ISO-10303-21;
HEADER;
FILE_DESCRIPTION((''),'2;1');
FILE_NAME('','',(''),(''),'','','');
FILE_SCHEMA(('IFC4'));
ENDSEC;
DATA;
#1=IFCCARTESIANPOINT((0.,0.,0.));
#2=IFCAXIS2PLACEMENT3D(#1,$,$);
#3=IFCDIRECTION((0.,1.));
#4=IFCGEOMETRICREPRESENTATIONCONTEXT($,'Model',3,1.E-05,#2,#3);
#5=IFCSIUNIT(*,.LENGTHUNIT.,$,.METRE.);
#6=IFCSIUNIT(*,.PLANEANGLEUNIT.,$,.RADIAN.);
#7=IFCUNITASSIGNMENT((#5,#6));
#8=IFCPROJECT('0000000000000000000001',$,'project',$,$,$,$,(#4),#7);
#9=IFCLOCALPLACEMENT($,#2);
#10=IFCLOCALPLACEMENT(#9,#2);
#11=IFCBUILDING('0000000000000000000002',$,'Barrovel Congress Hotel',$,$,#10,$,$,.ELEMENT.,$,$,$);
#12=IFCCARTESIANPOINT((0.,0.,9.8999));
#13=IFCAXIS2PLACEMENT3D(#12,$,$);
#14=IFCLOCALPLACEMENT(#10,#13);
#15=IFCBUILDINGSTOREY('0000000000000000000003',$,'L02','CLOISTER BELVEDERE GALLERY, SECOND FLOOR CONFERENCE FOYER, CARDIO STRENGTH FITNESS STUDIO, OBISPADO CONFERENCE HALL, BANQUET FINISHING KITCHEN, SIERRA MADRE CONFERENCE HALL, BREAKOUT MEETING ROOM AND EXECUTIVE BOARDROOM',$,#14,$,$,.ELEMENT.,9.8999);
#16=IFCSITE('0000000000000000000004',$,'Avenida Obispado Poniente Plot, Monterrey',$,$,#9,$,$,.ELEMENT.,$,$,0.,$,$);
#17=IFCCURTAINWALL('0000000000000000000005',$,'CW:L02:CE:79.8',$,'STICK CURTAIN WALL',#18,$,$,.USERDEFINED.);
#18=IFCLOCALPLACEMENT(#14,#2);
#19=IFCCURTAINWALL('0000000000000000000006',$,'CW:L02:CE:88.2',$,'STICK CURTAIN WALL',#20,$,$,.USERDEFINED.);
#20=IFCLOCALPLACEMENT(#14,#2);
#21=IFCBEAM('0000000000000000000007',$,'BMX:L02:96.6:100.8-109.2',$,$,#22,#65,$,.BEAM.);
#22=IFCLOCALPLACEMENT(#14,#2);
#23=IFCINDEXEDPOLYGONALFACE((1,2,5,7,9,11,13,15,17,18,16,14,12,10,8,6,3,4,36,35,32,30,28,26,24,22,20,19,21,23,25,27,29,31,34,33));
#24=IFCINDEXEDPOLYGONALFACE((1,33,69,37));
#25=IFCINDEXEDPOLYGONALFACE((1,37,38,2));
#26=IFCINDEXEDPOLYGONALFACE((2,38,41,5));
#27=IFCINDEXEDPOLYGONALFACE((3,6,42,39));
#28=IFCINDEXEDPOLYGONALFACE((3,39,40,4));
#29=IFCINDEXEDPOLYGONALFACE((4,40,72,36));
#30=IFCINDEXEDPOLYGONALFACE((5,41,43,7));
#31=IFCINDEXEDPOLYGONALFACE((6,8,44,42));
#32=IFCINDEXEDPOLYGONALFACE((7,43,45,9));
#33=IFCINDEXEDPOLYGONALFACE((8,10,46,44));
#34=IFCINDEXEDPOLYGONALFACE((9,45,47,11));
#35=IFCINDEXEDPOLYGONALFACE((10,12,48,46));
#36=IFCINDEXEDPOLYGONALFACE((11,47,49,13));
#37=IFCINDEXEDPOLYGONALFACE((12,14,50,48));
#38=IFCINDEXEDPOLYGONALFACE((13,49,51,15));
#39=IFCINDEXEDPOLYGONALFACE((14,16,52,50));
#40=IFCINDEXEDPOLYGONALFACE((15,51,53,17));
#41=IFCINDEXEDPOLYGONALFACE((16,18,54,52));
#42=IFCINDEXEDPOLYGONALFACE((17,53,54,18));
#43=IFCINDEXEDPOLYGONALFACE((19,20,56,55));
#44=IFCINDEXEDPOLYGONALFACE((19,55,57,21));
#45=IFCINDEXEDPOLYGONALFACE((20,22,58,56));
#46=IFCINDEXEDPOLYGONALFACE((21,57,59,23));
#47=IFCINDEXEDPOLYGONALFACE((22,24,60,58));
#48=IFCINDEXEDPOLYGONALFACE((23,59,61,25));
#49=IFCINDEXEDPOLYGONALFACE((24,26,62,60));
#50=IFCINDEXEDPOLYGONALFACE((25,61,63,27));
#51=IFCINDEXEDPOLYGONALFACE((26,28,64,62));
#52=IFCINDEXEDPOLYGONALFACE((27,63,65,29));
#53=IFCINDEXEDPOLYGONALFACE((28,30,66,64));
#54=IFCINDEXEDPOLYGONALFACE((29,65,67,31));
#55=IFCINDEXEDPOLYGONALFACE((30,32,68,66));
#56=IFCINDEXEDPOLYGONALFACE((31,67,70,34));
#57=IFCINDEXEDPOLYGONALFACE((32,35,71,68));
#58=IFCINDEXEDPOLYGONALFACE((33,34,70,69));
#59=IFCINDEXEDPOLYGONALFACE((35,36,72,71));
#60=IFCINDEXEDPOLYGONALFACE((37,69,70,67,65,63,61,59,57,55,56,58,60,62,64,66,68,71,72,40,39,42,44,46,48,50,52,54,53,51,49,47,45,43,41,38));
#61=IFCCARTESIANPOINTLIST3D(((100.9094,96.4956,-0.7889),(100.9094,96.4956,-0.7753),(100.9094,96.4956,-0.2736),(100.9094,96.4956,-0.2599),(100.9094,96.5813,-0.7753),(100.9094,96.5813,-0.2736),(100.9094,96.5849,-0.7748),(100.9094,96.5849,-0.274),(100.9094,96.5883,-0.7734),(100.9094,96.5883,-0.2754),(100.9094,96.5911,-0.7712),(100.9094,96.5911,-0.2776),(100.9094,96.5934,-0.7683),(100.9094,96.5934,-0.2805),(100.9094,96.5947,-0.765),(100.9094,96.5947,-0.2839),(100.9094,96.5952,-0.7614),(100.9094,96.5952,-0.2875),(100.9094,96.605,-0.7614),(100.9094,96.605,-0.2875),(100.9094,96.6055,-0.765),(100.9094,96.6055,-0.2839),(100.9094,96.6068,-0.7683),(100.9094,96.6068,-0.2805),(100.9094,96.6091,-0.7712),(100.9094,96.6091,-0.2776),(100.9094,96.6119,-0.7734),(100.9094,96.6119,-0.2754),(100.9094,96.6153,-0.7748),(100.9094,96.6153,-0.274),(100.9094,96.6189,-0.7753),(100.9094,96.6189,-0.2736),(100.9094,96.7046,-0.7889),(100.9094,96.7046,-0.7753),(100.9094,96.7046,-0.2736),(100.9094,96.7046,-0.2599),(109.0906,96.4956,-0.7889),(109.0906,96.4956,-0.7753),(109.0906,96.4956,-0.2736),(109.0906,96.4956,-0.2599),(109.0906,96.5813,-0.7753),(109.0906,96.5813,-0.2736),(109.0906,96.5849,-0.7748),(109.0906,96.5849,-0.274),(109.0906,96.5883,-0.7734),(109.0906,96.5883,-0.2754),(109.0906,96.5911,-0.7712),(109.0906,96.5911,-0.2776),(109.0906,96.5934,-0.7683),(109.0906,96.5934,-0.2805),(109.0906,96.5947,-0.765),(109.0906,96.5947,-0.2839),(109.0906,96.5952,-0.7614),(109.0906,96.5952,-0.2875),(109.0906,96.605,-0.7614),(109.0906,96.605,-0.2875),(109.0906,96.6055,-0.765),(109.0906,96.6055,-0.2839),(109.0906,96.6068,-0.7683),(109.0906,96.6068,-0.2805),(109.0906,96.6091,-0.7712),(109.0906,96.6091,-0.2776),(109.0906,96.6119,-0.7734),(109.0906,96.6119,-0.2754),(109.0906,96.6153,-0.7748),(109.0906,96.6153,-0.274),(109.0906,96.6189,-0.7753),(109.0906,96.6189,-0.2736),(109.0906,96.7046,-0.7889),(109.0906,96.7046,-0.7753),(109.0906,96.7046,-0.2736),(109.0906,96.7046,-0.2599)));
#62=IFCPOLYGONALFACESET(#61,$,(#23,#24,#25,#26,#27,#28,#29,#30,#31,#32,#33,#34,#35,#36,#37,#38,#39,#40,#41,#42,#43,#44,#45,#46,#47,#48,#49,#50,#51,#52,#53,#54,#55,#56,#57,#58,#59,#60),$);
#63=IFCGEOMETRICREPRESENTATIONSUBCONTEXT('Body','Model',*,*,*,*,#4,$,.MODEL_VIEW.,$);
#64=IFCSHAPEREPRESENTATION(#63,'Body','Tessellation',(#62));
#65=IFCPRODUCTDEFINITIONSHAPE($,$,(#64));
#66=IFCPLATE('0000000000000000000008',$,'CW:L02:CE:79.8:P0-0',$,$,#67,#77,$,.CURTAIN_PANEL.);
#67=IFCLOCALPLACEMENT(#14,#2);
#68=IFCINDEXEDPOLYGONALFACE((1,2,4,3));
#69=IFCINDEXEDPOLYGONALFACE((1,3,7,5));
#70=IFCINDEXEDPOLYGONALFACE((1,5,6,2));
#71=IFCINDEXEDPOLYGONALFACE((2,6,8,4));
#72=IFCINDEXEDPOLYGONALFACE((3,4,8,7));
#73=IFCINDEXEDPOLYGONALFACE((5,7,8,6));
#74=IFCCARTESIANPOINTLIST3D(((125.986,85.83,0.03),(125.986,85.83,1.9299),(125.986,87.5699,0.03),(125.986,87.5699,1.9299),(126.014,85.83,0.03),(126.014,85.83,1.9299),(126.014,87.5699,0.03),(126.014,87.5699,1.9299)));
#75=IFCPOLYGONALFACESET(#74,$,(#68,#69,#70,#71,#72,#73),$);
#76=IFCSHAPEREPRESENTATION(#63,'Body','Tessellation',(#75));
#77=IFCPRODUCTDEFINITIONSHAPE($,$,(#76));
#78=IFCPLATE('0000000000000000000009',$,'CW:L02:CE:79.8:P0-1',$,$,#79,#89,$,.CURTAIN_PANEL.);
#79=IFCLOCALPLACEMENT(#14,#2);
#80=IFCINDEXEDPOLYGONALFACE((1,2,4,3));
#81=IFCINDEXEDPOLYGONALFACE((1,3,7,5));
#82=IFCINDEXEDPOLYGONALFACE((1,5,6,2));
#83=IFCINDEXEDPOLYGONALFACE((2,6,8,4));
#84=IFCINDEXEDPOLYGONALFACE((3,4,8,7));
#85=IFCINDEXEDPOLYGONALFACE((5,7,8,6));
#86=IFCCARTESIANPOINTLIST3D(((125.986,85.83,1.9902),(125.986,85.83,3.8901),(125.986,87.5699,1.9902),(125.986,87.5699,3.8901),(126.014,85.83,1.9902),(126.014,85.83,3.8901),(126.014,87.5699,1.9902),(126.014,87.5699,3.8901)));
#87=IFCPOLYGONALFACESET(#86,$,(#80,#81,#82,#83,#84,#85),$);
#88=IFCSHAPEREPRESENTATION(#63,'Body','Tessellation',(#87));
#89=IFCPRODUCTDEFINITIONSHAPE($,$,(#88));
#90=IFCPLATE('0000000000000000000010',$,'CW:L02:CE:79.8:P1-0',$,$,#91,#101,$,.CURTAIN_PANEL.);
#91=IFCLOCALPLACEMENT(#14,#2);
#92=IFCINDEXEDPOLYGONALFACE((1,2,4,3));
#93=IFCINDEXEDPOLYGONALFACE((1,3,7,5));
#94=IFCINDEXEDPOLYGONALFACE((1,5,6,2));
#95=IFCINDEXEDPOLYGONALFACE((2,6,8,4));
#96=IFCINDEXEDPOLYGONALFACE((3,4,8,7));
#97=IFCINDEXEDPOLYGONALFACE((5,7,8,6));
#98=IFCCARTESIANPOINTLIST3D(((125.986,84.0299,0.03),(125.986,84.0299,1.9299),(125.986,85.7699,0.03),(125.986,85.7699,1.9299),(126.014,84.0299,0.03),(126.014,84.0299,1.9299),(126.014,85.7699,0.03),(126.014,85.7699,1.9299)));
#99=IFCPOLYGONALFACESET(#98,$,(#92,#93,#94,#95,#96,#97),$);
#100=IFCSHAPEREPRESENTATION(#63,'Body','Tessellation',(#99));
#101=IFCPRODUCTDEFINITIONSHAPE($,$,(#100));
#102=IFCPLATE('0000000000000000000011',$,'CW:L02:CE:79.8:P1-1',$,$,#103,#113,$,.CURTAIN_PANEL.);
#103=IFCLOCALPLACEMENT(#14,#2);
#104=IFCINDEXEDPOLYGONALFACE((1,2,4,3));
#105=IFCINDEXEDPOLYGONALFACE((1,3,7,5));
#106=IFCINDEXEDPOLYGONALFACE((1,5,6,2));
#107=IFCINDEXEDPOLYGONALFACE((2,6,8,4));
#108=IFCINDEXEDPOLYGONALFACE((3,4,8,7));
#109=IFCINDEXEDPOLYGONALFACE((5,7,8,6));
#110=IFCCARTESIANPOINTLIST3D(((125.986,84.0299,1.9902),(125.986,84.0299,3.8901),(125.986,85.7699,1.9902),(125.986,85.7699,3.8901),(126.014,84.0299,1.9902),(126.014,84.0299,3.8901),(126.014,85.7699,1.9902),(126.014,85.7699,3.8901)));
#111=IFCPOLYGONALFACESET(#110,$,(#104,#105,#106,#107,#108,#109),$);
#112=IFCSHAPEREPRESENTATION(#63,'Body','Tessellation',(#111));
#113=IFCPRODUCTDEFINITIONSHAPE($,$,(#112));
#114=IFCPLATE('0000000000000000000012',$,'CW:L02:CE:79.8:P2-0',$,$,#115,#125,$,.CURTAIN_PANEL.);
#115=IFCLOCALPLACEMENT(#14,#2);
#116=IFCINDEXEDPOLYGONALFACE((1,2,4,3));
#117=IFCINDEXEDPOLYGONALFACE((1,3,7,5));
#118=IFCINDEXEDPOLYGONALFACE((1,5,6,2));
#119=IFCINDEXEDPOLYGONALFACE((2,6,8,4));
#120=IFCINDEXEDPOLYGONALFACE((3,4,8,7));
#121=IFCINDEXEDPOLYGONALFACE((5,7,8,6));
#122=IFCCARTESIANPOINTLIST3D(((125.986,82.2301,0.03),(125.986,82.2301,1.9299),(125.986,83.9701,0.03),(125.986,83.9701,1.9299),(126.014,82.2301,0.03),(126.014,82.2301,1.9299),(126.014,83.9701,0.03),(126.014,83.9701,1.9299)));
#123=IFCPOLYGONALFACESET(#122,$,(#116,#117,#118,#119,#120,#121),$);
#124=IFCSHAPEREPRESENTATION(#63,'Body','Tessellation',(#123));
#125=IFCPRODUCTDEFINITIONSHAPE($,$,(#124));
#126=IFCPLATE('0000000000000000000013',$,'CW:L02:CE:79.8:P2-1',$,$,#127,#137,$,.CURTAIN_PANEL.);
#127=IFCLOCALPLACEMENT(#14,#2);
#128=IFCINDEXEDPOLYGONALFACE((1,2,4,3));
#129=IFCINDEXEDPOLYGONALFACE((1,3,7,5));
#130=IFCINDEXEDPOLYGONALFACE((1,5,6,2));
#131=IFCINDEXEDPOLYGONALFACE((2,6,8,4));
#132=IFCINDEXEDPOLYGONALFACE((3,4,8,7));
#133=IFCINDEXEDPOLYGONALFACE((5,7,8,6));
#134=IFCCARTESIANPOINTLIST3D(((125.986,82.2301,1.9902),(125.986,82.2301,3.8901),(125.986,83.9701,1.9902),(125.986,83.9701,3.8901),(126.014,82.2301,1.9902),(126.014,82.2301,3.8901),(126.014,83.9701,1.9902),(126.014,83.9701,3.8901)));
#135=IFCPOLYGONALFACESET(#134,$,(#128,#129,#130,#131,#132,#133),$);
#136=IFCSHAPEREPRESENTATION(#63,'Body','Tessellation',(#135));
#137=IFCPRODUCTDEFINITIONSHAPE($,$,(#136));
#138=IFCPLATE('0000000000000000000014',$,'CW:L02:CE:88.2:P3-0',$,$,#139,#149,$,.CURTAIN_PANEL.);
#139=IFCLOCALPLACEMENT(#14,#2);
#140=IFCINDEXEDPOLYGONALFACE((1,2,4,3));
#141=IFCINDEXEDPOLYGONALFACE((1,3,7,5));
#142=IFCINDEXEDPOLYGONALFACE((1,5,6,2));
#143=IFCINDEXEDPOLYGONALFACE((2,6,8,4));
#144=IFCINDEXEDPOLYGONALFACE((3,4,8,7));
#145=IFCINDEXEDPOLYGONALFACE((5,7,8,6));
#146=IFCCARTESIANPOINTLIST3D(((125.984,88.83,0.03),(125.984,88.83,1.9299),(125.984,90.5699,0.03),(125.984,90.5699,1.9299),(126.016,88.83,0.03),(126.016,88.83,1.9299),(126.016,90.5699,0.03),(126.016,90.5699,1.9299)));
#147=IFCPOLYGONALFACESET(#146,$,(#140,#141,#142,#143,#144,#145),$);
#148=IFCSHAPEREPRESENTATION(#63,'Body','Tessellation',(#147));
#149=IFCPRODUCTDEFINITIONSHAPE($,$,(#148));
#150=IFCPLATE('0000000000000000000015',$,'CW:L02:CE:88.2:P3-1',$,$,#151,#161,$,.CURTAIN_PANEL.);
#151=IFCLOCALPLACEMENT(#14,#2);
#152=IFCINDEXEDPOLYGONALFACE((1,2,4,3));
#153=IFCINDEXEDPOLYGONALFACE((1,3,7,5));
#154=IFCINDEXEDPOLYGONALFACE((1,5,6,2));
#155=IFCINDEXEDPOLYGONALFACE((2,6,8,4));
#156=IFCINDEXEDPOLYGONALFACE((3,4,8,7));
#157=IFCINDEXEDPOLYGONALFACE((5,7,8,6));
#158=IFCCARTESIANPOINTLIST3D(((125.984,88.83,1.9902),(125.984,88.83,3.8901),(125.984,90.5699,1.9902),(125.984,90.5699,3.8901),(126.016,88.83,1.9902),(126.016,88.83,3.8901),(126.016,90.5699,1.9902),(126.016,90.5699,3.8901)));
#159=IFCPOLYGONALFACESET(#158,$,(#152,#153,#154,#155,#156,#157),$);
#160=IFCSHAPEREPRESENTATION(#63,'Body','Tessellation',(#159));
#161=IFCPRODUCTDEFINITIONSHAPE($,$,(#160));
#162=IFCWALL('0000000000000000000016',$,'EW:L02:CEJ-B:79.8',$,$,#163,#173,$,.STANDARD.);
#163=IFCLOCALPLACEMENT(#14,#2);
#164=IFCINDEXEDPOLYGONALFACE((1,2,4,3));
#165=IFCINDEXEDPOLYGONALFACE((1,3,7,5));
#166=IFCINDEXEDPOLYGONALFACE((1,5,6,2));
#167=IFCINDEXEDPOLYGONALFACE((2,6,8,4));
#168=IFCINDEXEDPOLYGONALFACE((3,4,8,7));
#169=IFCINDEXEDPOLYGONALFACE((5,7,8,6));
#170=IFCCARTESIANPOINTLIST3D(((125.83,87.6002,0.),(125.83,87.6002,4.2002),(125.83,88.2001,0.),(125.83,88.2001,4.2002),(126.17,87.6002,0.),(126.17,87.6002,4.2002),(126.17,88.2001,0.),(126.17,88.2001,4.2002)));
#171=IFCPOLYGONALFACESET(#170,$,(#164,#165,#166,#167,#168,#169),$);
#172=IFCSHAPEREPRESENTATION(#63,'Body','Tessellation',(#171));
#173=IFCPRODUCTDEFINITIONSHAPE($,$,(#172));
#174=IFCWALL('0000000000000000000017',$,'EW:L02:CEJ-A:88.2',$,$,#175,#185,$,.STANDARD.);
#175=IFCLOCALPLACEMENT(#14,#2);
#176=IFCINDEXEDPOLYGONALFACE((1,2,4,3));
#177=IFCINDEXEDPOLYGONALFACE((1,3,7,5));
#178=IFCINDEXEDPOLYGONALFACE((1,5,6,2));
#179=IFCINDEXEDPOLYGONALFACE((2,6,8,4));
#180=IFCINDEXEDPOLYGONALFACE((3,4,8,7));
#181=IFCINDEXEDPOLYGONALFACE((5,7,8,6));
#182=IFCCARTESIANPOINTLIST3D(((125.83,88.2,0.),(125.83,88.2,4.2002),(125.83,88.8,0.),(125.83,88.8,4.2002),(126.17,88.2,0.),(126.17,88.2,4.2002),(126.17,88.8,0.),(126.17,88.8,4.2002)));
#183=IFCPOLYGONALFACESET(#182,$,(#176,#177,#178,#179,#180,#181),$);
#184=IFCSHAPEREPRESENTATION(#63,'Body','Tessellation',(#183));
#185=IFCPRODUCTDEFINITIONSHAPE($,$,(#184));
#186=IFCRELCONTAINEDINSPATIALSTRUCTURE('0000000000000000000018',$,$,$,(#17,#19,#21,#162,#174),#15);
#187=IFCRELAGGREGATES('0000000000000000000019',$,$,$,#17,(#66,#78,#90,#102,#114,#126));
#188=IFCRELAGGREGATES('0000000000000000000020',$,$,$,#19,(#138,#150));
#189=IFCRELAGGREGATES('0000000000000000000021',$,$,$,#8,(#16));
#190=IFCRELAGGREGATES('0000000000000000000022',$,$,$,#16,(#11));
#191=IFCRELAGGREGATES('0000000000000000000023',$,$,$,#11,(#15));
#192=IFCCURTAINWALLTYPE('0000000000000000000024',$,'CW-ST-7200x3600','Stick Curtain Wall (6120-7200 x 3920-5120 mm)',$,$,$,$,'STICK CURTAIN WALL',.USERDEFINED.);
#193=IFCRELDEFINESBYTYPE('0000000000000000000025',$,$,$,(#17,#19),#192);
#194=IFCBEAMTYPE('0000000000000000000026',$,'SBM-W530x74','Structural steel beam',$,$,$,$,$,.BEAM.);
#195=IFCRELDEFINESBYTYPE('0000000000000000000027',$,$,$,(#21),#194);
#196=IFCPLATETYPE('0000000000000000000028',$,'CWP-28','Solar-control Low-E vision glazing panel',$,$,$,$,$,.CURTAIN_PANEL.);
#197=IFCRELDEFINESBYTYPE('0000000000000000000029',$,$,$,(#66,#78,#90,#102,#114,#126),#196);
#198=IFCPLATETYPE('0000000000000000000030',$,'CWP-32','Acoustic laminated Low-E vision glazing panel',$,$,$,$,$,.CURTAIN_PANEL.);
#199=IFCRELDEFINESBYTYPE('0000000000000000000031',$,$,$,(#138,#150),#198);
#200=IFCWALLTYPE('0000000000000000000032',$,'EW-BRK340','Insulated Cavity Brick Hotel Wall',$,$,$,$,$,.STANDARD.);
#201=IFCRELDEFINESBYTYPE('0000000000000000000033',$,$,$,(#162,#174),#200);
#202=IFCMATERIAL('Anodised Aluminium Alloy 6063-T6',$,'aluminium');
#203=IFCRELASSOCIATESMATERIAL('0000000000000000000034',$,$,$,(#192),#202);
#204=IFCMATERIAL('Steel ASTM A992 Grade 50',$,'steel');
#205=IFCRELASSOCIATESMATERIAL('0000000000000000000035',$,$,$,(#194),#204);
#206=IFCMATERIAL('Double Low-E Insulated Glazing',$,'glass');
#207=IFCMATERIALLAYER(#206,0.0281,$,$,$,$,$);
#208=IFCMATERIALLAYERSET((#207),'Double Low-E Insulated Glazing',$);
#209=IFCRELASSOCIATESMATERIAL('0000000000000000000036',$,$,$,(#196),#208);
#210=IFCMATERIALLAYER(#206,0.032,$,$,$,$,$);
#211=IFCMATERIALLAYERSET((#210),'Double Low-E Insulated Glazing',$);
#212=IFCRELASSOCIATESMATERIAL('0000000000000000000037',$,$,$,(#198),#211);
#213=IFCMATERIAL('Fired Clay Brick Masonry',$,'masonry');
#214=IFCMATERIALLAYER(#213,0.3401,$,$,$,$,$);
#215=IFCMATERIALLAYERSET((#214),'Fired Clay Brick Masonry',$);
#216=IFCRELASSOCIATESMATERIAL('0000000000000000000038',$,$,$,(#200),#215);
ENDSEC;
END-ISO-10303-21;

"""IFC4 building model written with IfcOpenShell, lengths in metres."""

from ifc_helpers import new_model, si_unit, direction, frame, frame_2d, origin, origin_2d, place, context, subcontext, project, spatial, rectangle, i_section, extrude, material, layer, layer_set, material_profile, profile_set, type_object, element, aggregate, save


model = new_model("IFC4")

# Units and contexts
model_context = context("Model", 3, precision=1e-05, world=origin(), true_north=direction((0.0, 1.0)))
body_context = subcontext(model_context, "Body", "Model", "MODEL_VIEW")
ifc_project = project(units=[si_unit("LENGTHUNIT", "METRE"), si_unit("PLANEANGLEUNIT", "RADIAN")], contexts=[model_context])

# Site, building, storey
site_placement = place(None, origin())
site = spatial("IfcSite", under=ifc_project, at=site_placement, Name="Avenida Obispado Poniente Plot, Monterrey", CompositionType="ELEMENT", RefElevation=0.0)
building_placement = place(site_placement, origin())
building = spatial("IfcBuilding", under=site, at=building_placement, Name="Barrovel Congress Hotel", CompositionType="ELEMENT")
storey_placement = place(building_placement, frame((0.0, 0.0, 9.8999)))
storey = spatial("IfcBuildingStorey", under=building, at=storey_placement, Name="L02", Description="CLOISTER BELVEDERE GALLERY, SECOND FLOOR CONFERENCE FOYER, CARDIO STRENGTH FITNESS STUDIO, OBISPADO CONFERENCE HALL, BANQUET FINISHING KITCHEN, SIERRA MADRE CONFERENCE HALL, BREAKOUT MEETING ROOM AND EXECUTIVE BOARDROOM", CompositionType="ELEMENT", Elevation=9.8999)

# Curtain wall
ifc_material_1 = material(Name="Anodised Aluminium Alloy 6063-T6", Category="aluminium")
curtain_wall_type = type_object("IfcCurtainWallType", Name="CW-ST-7200x3600", Description="Stick Curtain Wall (6120-7200 x 3920-5120 mm)", ElementType="STICK CURTAIN WALL", PredefinedType="USERDEFINED", material=ifc_material_1)
curtain_wall_1_placement = place(storey_placement, origin())
curtain_wall_1 = element("IfcCurtainWall", 1, at=curtain_wall_1_placement, inside=storey, type_object=curtain_wall_type, Name="CW:L02:CE:79.8", ObjectType="STICK CURTAIN WALL", PredefinedType="USERDEFINED")

# Curtain wall
curtain_wall_2_placement = place(storey_placement, origin())
curtain_wall_2 = element("IfcCurtainWall", 2, at=curtain_wall_2_placement, inside=storey, type_object=curtain_wall_type, Name="CW:L02:CE:88.2", ObjectType="STICK CURTAIN WALL", PredefinedType="USERDEFINED")

# Beam
ifc_material_2 = material(Name="Steel ASTM A992 Grade 50", Category="steel")
ifc_material_profile_1 = material_profile(ifc_material_2, i_section(OverallWidth=0.209, OverallDepth=0.5291, WebThickness=0.0098, FlangeThickness=0.0137, FilletRadius=0.0139, at=origin_2d()), Name="W530x74")
ifc_profile_set_1 = profile_set([ifc_material_profile_1], Name="Steel ASTM A992 Grade 50")
beam_type_1 = type_object("IfcBeamType", Name="SBM-W530x74", Description="Structural steel beam", PredefinedType="BEAM", material=ifc_profile_set_1)
beam_1_placement = place(storey_placement, frame((100.9094, 96.6001, -0.5244), z_axis=(1.0, 0.0, 0.0), x_axis=(0.0, 1.0, 0.0)))
element("IfcBeam", 3, at=beam_1_placement, inside=storey, type_object=beam_type_1, Name="BMX:L02:96.6:100.8-109.2", PredefinedType="BEAM", context=body_context, shape_type="SweptSolid", body=[
    extrude(i_section(OverallWidth=0.209, OverallDepth=0.5291, WebThickness=0.0098, FlangeThickness=0.0137, FilletRadius=0.0139, at=origin_2d()), origin(), (0.0, 0.0, 1.0), 8.1812),
])

# Plates
ifc_material_3 = material(Name="Double Low-E Insulated Glazing", Category="glass")
ifc_layer_1 = layer(ifc_material_3, 0.0281)
ifc_layer_set_1 = layer_set([ifc_layer_1], Name="Double Low-E Insulated Glazing")
plate_type_1 = type_object("IfcPlateType", Name="CWP-28", Description="Solar-control Low-E vision glazing panel", PredefinedType="CURTAIN_PANEL", material=ifc_layer_set_1)
plate_1_placement = place(storey_placement, frame((126.0, 86.7, 0.03), z_axis=(0.0, 0.0, 1.0), x_axis=(0.0, -1.0, 0.0)))
plate_1 = element("IfcPlate", 4, at=plate_1_placement, type_object=plate_type_1, Name="CW:L02:CE:79.8:P0-0", PredefinedType="CURTAIN_PANEL", context=body_context, shape_type="SweptSolid", body=[
    extrude(rectangle(XDim=1.74, YDim=0.0281, at=origin_2d()), origin(), (0.0, 0.0, 1.0), 1.8999),
])
plate_2_placement = place(storey_placement, frame((126.0, 86.7, 1.9902), z_axis=(0.0, 0.0, 1.0), x_axis=(0.0, -1.0, 0.0)))
plate_2 = element("IfcPlate", 5, at=plate_2_placement, type_object=plate_type_1, Name="CW:L02:CE:79.8:P0-1", PredefinedType="CURTAIN_PANEL", context=body_context, shape_type="SweptSolid", body=[
    extrude(rectangle(XDim=1.74, YDim=0.0281, at=origin_2d()), origin(), (0.0, 0.0, 1.0), 1.8999),
])
plate_3_placement = place(storey_placement, frame((126.0, 84.8999, 0.03), z_axis=(0.0, 0.0, 1.0), x_axis=(0.0, -1.0, 0.0)))
plate_3 = element("IfcPlate", 6, at=plate_3_placement, type_object=plate_type_1, Name="CW:L02:CE:79.8:P1-0", PredefinedType="CURTAIN_PANEL", context=body_context, shape_type="SweptSolid", body=[
    extrude(rectangle(XDim=1.74, YDim=0.0281, at=origin_2d()), origin(), (0.0, 0.0, 1.0), 1.8999),
])
plate_4_placement = place(storey_placement, frame((126.0, 84.8999, 1.9902), z_axis=(0.0, 0.0, 1.0), x_axis=(0.0, -1.0, 0.0)))
plate_4 = element("IfcPlate", 7, at=plate_4_placement, type_object=plate_type_1, Name="CW:L02:CE:79.8:P1-1", PredefinedType="CURTAIN_PANEL", context=body_context, shape_type="SweptSolid", body=[
    extrude(rectangle(XDim=1.74, YDim=0.0281, at=origin_2d()), origin(), (0.0, 0.0, 1.0), 1.8999),
])
plate_5_placement = place(storey_placement, frame((126.0, 83.1001, 0.03), z_axis=(0.0, 0.0, 1.0), x_axis=(0.0, -1.0, 0.0)))
plate_5 = element("IfcPlate", 8, at=plate_5_placement, type_object=plate_type_1, Name="CW:L02:CE:79.8:P2-0", PredefinedType="CURTAIN_PANEL", context=body_context, shape_type="SweptSolid", body=[
    extrude(rectangle(XDim=1.74, YDim=0.0281, at=origin_2d()), origin(), (0.0, 0.0, 1.0), 1.8999),
])
plate_6_placement = place(storey_placement, frame((126.0, 83.1001, 1.9902), z_axis=(0.0, 0.0, 1.0), x_axis=(0.0, -1.0, 0.0)))
plate_6 = element("IfcPlate", 9, at=plate_6_placement, type_object=plate_type_1, Name="CW:L02:CE:79.8:P2-1", PredefinedType="CURTAIN_PANEL", context=body_context, shape_type="SweptSolid", body=[
    extrude(rectangle(XDim=1.74, YDim=0.0281, at=origin_2d()), origin(), (0.0, 0.0, 1.0), 1.8999),
])
aggregate(curtain_wall_1, [plate_1, plate_2, plate_3, plate_4, plate_5, plate_6])
ifc_layer_2 = layer(ifc_material_3, 0.032)
ifc_layer_set_2 = layer_set([ifc_layer_2], Name="Double Low-E Insulated Glazing")
plate_type_2 = type_object("IfcPlateType", Name="CWP-32", Description="Acoustic laminated Low-E vision glazing panel", PredefinedType="CURTAIN_PANEL", material=ifc_layer_set_2)
plate_7_placement = place(storey_placement, frame((126.0, 89.7, 0.03), z_axis=(0.0, 0.0, 1.0), x_axis=(0.0, -1.0, 0.0)))
plate_7 = element("IfcPlate", 10, at=plate_7_placement, type_object=plate_type_2, Name="CW:L02:CE:88.2:P3-0", PredefinedType="CURTAIN_PANEL", context=body_context, shape_type="SweptSolid", body=[
    extrude(rectangle(XDim=1.74, YDim=0.032, at=origin_2d()), origin(), (0.0, 0.0, 1.0), 1.8999),
])
plate_8_placement = place(storey_placement, frame((126.0, 89.7, 1.9902), z_axis=(0.0, 0.0, 1.0), x_axis=(0.0, -1.0, 0.0)))
plate_8 = element("IfcPlate", 11, at=plate_8_placement, type_object=plate_type_2, Name="CW:L02:CE:88.2:P3-1", PredefinedType="CURTAIN_PANEL", context=body_context, shape_type="SweptSolid", body=[
    extrude(rectangle(XDim=1.74, YDim=0.032, at=origin_2d()), origin(), (0.0, 0.0, 1.0), 1.8999),
])
aggregate(curtain_wall_2, [plate_7, plate_8])

# Walls
ifc_material_4 = material(Name="Fired Clay Brick Masonry", Category="masonry")
ifc_layer_3 = layer(ifc_material_4, 0.3401)
ifc_layer_set_3 = layer_set([ifc_layer_3], Name="Fired Clay Brick Masonry")
wall_type = type_object("IfcWallType", Name="EW-BRK340", Description="Insulated Cavity Brick Hotel Wall", PredefinedType="STANDARD", material=ifc_layer_set_3)
wall_1_placement = place(storey_placement, frame((126.0, 88.2, 0.0), z_axis=(0.0, 0.0, 1.0), x_axis=(0.0, -1.0, 0.0)))
element("IfcWall", 12, at=wall_1_placement, inside=storey, type_object=wall_type, Name="EW:L02:CEJ-B:79.8", PredefinedType="STANDARD", context=body_context, shape_type="SweptSolid", body=[
    extrude(rectangle(XDim=0.5999, YDim=0.3401, at=frame_2d((0.2998, 0.0))), origin(), (0.0, 0.0, 1.0), 4.2002),
])
wall_2_placement = place(storey_placement, frame((126.0, 88.8, 0.0), z_axis=(0.0, 0.0, 1.0), x_axis=(0.0, -1.0, 0.0)))
element("IfcWall", 13, at=wall_2_placement, inside=storey, type_object=wall_type, Name="EW:L02:CEJ-A:88.2", PredefinedType="STANDARD", context=body_context, shape_type="SweptSolid", body=[
    extrude(rectangle(XDim=0.6001, YDim=0.3401, at=frame_2d((0.3, 0.0))), origin(), (0.0, 0.0, 1.0), 4.2002),
])

save(model, "model.ifc")
